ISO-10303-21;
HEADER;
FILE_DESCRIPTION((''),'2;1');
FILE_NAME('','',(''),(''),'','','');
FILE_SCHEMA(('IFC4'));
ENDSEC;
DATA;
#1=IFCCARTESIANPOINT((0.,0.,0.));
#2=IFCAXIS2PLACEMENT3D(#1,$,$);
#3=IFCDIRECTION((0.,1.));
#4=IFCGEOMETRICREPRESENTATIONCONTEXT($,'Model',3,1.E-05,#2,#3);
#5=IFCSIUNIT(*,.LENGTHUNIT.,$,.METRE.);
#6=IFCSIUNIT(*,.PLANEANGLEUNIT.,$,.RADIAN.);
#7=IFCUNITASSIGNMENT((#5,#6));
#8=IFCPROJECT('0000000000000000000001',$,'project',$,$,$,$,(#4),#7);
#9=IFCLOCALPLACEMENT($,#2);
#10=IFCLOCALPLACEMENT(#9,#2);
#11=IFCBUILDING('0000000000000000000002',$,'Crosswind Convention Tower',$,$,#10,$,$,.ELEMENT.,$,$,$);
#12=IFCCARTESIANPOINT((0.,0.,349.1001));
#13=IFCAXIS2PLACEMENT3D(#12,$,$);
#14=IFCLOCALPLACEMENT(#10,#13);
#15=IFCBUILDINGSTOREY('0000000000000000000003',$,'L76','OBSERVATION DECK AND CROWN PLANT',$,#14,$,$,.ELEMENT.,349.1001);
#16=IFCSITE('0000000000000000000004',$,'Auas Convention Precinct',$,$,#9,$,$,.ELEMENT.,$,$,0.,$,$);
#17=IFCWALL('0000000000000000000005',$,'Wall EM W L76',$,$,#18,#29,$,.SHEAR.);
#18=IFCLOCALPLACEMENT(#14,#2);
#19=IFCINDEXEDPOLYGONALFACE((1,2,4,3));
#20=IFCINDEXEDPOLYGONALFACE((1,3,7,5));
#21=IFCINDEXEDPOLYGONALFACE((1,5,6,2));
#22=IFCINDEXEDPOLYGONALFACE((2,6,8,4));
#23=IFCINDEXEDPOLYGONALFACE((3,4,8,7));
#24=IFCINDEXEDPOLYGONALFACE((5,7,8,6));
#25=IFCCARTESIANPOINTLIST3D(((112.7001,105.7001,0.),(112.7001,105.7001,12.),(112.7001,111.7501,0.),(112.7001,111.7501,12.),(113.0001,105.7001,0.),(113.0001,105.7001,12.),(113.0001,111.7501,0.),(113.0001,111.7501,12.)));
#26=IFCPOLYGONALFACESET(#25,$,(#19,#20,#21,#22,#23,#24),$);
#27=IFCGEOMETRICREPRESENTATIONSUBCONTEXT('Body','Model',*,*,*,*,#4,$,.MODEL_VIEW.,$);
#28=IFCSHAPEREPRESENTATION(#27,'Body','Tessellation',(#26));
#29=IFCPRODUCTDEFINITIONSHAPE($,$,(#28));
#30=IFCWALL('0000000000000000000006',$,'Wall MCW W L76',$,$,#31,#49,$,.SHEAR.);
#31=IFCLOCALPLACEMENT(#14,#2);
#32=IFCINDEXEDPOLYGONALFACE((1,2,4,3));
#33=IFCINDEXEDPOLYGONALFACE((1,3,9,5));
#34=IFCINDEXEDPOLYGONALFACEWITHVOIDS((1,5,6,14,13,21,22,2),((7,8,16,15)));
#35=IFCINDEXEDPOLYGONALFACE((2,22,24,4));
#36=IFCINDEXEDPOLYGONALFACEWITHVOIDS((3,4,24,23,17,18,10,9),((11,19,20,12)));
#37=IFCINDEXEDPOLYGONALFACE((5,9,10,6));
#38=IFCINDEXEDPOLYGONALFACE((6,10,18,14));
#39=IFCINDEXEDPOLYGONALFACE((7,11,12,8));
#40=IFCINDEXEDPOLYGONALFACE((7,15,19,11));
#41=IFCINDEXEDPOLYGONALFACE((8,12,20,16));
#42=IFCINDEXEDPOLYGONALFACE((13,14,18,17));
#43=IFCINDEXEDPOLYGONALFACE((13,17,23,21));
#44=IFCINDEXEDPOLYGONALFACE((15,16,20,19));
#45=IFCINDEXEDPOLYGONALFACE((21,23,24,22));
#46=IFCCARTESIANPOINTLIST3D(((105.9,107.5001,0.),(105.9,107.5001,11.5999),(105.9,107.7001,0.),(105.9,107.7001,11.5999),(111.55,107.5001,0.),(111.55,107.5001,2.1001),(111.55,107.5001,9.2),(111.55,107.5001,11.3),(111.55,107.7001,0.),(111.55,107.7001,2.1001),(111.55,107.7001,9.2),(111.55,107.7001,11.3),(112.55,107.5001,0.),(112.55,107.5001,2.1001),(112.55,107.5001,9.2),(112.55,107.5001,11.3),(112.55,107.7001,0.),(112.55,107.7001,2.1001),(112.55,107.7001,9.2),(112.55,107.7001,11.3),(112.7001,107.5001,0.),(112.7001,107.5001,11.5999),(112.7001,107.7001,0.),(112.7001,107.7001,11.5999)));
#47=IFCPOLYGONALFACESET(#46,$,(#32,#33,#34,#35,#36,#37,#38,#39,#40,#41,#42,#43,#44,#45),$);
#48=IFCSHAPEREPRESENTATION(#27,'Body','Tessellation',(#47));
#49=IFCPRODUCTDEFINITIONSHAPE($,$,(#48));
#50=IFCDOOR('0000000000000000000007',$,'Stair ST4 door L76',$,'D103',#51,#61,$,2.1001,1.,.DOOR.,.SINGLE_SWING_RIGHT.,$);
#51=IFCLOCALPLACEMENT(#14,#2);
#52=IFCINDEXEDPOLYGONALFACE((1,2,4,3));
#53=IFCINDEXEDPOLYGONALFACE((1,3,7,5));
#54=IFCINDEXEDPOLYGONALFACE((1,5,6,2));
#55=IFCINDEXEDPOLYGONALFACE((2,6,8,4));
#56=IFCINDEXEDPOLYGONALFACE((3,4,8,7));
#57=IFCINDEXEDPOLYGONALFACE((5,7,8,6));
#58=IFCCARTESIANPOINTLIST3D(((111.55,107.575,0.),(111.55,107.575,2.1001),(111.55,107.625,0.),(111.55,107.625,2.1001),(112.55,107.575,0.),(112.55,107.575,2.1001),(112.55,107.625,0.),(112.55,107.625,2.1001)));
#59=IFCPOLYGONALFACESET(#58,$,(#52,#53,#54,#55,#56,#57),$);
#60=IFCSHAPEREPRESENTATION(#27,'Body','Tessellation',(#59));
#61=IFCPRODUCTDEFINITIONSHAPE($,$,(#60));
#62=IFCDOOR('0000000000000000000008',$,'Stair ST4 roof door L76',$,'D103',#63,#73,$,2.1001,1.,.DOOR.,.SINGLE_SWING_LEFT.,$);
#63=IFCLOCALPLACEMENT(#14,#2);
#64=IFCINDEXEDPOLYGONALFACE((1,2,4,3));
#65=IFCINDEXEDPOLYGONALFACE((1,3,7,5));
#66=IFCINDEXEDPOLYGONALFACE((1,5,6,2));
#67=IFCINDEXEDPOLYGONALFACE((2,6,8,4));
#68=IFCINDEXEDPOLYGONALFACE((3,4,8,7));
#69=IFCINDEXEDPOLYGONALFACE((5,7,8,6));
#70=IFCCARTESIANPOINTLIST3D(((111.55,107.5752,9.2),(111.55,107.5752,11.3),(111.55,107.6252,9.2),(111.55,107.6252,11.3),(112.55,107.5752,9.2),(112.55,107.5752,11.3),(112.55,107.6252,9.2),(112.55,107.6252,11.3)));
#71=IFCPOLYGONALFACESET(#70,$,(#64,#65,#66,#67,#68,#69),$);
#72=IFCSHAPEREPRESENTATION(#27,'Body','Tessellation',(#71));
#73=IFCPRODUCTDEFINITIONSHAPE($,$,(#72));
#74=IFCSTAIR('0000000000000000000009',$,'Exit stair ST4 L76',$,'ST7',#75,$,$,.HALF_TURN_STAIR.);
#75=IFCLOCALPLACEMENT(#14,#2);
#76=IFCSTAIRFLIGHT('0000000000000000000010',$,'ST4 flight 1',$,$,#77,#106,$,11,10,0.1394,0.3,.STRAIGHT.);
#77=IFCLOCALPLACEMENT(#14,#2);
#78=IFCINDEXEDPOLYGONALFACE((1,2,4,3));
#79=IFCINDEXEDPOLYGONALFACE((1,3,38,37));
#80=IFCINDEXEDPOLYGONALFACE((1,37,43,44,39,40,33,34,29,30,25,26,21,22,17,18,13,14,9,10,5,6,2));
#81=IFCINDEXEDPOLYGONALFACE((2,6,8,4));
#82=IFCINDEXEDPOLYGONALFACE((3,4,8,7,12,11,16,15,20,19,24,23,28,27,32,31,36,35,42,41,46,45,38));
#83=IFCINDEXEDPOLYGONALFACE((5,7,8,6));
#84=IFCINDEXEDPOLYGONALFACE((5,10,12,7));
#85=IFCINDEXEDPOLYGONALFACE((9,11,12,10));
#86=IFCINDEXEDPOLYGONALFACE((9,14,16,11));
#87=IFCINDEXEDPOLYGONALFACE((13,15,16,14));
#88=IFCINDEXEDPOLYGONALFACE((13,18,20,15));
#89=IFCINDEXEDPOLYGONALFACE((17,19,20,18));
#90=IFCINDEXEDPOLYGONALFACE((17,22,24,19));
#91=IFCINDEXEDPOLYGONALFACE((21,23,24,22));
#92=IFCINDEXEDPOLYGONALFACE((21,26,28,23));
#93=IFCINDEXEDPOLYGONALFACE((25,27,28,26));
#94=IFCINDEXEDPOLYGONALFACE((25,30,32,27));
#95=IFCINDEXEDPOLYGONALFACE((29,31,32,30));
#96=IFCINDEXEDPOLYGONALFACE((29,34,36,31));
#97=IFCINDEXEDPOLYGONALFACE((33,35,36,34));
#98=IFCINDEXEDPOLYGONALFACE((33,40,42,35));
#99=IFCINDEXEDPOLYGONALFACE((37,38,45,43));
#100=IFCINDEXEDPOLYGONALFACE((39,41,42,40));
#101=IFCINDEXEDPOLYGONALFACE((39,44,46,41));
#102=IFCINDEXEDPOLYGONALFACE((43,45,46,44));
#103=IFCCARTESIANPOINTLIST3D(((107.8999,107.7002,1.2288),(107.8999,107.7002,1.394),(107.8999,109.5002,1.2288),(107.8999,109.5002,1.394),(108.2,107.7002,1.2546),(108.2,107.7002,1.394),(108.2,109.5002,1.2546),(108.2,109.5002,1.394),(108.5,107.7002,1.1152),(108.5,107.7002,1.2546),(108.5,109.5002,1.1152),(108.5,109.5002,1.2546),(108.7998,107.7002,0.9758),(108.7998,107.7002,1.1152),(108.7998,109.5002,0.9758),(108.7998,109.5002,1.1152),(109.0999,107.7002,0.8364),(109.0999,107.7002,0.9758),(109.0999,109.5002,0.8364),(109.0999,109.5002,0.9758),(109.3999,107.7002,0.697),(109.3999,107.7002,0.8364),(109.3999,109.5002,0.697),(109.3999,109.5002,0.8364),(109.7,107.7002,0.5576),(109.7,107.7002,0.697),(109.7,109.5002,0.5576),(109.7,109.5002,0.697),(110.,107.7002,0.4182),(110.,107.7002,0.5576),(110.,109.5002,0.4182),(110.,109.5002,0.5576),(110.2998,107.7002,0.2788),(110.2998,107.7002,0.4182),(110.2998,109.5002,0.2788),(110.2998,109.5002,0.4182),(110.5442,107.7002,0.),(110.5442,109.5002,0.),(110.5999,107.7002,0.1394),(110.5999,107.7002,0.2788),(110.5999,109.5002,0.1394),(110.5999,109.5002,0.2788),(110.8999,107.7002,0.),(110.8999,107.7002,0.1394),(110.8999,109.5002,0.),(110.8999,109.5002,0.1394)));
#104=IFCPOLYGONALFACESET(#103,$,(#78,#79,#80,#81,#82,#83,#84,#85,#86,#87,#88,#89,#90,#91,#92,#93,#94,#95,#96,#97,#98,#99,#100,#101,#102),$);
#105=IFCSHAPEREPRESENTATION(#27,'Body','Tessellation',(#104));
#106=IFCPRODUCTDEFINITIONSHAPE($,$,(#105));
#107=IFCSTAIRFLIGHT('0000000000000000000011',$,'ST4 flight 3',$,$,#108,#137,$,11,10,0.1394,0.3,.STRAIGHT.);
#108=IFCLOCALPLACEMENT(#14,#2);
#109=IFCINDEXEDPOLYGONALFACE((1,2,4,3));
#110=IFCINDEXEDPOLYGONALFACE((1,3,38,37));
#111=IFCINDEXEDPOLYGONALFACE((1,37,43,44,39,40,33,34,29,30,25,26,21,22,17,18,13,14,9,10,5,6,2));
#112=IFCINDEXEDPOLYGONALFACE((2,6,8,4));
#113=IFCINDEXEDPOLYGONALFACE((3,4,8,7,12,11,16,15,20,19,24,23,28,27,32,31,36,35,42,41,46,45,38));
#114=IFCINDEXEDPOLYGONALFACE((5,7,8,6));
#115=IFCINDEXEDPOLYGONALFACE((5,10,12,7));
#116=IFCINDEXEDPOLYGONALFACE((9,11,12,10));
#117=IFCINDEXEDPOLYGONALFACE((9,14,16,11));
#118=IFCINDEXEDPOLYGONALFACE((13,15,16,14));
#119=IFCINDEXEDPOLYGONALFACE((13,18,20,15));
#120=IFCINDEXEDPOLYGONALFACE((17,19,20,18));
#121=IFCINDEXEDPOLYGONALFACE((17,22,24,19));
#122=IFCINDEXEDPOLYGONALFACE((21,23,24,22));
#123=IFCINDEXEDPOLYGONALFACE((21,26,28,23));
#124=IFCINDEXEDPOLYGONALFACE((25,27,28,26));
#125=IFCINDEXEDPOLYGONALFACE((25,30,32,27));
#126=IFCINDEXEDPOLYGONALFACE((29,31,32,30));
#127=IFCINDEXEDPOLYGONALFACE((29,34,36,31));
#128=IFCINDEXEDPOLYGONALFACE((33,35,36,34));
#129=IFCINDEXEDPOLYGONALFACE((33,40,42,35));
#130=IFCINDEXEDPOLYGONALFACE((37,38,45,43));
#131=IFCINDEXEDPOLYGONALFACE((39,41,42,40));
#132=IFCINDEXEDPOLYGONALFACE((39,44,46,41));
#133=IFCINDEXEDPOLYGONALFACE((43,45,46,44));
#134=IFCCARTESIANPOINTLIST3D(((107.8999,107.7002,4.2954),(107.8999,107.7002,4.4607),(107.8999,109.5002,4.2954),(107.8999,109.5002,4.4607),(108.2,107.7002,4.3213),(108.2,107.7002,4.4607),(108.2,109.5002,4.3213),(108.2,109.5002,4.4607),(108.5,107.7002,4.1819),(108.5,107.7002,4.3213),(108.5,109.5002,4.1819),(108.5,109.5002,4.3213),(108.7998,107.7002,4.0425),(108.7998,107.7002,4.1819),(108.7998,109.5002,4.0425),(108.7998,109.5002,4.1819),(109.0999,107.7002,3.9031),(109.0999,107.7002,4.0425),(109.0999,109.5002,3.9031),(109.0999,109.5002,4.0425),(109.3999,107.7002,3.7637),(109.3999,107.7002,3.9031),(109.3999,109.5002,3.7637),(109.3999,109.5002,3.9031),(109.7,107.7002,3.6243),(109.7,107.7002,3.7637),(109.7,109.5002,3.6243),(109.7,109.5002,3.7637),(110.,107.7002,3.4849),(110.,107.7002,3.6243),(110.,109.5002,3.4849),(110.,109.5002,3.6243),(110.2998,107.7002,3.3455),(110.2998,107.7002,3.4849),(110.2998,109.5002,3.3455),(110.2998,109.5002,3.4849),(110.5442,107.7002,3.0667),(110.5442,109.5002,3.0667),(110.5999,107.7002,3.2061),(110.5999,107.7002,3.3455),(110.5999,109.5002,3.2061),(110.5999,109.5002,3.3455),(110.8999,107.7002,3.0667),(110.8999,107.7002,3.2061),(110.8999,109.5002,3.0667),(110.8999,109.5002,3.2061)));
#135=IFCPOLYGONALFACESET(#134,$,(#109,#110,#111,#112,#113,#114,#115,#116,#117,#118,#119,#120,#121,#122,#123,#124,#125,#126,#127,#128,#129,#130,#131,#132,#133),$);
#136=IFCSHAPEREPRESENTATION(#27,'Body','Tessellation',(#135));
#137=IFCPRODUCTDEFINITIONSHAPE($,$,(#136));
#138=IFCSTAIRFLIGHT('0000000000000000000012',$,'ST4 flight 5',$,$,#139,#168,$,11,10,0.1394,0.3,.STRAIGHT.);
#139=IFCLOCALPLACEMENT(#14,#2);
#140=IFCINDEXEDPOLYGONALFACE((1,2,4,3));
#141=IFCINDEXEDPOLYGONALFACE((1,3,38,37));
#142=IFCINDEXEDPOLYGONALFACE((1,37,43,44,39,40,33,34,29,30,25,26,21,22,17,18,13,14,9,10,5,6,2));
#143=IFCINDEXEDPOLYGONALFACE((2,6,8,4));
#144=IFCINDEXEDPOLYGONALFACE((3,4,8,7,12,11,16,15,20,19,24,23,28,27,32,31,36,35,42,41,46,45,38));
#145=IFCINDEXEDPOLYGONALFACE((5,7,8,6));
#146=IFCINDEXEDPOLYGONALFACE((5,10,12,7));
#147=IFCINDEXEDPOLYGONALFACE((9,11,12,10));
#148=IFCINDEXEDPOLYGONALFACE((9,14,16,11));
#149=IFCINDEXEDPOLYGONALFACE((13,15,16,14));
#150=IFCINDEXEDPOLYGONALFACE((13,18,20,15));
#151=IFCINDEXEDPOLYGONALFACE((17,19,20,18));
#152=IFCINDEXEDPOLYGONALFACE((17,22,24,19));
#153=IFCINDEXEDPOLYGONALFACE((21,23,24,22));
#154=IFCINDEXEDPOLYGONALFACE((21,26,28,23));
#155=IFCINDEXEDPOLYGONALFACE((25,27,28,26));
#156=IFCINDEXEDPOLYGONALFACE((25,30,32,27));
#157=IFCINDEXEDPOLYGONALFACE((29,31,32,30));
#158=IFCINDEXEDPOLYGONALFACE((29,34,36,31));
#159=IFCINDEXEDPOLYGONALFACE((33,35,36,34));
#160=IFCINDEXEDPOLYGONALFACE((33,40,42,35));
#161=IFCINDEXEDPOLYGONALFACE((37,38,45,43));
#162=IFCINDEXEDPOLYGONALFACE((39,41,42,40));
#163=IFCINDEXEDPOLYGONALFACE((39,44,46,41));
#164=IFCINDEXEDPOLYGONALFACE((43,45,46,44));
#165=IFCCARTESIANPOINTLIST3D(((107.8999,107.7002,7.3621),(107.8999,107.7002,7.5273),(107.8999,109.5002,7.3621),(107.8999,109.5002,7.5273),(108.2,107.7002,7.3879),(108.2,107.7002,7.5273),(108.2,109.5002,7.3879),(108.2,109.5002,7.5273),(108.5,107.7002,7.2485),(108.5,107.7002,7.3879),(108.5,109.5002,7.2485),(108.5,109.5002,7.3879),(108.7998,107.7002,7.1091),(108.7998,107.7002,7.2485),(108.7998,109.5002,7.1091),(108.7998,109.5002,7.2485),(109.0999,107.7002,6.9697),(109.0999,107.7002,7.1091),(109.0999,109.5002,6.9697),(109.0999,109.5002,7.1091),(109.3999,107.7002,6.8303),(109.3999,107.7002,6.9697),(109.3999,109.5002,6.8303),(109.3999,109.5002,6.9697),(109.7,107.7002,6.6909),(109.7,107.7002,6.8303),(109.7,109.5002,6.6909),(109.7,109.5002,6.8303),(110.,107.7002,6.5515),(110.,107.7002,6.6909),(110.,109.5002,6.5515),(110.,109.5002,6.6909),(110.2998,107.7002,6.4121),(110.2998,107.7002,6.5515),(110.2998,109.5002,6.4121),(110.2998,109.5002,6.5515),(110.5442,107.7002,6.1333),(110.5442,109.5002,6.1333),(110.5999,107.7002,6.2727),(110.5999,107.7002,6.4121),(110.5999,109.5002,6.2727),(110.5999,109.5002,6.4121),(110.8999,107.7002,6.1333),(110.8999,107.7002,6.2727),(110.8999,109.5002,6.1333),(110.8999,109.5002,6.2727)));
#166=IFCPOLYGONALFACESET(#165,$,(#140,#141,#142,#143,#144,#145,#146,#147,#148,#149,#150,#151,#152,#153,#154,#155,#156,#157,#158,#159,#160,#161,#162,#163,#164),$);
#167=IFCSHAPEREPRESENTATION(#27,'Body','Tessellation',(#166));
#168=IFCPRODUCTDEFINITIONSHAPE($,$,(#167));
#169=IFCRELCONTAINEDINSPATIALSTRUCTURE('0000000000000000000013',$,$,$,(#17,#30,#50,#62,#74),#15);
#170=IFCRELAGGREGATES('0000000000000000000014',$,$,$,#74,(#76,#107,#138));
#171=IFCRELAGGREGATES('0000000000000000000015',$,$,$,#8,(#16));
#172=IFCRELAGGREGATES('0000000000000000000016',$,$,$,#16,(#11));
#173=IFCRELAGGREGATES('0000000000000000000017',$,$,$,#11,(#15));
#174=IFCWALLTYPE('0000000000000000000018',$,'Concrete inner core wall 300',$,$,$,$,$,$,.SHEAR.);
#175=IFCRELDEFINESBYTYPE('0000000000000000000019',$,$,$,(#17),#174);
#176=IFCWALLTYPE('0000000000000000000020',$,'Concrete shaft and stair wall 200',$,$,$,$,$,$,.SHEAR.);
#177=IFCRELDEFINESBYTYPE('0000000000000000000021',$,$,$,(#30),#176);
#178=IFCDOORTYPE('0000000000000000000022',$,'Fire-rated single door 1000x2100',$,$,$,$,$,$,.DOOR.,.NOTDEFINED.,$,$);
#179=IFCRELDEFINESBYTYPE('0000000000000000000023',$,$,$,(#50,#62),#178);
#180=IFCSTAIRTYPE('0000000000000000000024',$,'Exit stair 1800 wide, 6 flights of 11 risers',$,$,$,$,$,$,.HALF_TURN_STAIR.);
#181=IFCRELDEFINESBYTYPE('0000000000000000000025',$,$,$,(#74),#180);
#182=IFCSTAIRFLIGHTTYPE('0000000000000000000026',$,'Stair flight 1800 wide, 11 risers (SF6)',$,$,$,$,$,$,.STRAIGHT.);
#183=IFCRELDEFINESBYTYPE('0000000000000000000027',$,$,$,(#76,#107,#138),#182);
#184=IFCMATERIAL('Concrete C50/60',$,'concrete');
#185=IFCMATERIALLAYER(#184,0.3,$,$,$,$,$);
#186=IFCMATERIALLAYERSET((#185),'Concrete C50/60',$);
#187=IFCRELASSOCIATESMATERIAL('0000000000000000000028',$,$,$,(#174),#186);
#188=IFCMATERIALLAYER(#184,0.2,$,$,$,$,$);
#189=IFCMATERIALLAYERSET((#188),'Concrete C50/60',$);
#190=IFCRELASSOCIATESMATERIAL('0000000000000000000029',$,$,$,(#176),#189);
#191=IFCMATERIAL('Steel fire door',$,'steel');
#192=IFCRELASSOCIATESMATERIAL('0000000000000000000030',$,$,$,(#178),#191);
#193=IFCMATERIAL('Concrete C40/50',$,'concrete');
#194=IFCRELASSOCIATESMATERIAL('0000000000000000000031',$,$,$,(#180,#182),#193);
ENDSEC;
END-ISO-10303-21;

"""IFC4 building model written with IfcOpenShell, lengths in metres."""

from ifc_helpers import new_model, si_unit, direction, frame, frame_2d, origin, place, context, subcontext, project, spatial, polyline, rectangle, outline, extrude, material, layer, layer_set, type_object, element, fill, aggregate, save


model = new_model("IFC4")

# Units and contexts
model_context = context("Model", 3, precision=1e-05, world=origin(), true_north=direction((0.0, 1.0)))
body_context = subcontext(model_context, "Body", "Model", "MODEL_VIEW")
ifc_project = project(units=[si_unit("LENGTHUNIT", "METRE"), si_unit("PLANEANGLEUNIT", "RADIAN")], contexts=[model_context])

# Site, building, storey
site_placement = place(None, origin())
site = spatial("IfcSite", under=ifc_project, at=site_placement, Name="Auas Convention Precinct", CompositionType="ELEMENT", RefElevation=0.0)
building_placement = place(site_placement, origin())
building = spatial("IfcBuilding", under=site, at=building_placement, Name="Crosswind Convention Tower", CompositionType="ELEMENT")
storey_placement = place(building_placement, frame((0.0, 0.0, 349.1001)))
storey = spatial("IfcBuildingStorey", under=building, at=storey_placement, Name="L76", Description="OBSERVATION DECK AND CROWN PLANT", CompositionType="ELEMENT", Elevation=349.1001)

# Wall
ifc_material_1 = material(Name="Concrete C50/60", Category="concrete")
ifc_layer_1 = layer(ifc_material_1, 0.3)
ifc_layer_set_1 = layer_set([ifc_layer_1], Name="Concrete C50/60")
wall_type_1 = type_object("IfcWallType", Name="Concrete inner core wall 300", PredefinedType="SHEAR", material=ifc_layer_set_1)
wall_1_placement = place(storey_placement, frame((112.8501, 111.75, 0.0), z_axis=(0.0, 0.0, 1.0), x_axis=(0.0, -1.0, 0.0)))
element("IfcWall", 1, at=wall_1_placement, inside=storey, type_object=wall_type_1, Name="Wall EM W L76", PredefinedType="SHEAR", context=body_context, shape_type="SweptSolid", body=[
    extrude(rectangle(XDim=6.05, YDim=0.3, at=frame_2d((3.0249, 0.0))), origin(), (0.0, 0.0, 1.0), 12.0),
])

# Wall, openings, doors
ifc_layer_2 = layer(ifc_material_1, 0.2)
ifc_layer_set_2 = layer_set([ifc_layer_2], Name="Concrete C50/60")
wall_type_2 = type_object("IfcWallType", Name="Concrete shaft and stair wall 200", PredefinedType="SHEAR", material=ifc_layer_set_2)
wall_2_placement = place(storey_placement, frame((112.7, 107.6001, 0.0), z_axis=(0.0, 0.0, 1.0), x_axis=(-1.0, 0.0, 0.0)))
wall_2 = element("IfcWall", 2, at=wall_2_placement, inside=storey, type_object=wall_type_2, Name="Wall MCW W L76", PredefinedType="SHEAR", context=body_context, shape_type="SweptSolid", body=[
    extrude(rectangle(XDim=6.8, YDim=0.2, at=frame_2d((3.3999, 0.0))), origin(), (0.0, 0.0, 1.0), 11.5999),
])
opening_1_placement = place(wall_2_placement, frame((0.1499, 0.0, 0.0)))
opening_1 = element("IfcOpeningElement", 3, at=opening_1_placement, cuts=wall_2, PredefinedType="OPENING", context=body_context, shape_type="SweptSolid", body=[
    extrude(rectangle(XDim=1.0, YDim=2.1001, at=frame_2d((0.5, 1.05))), frame((0.0, 0.1099, 0.0), z_axis=(0.0, -1.0, 0.0), x_axis=(1.0, 0.0, 0.0)), (0.0, 0.0, 1.0), 0.22),
])
opening_2_placement = place(wall_2_placement, frame((0.1499, 0.0, 9.2)))
opening_2 = element("IfcOpeningElement", 4, at=opening_2_placement, cuts=wall_2, PredefinedType="OPENING", context=body_context, shape_type="SweptSolid", body=[
    extrude(rectangle(XDim=1.0, YDim=2.1001, at=frame_2d((0.5, 1.05))), frame((0.0, 0.1099, 0.0), z_axis=(0.0, -1.0, 0.0), x_axis=(1.0, 0.0, 0.0)), (0.0, 0.0, 1.0), 0.22),
])
ifc_material_2 = material(Name="Steel fire door", Category="steel")
door_type = type_object("IfcDoorType", Name="Fire-rated single door 1000x2100", OperationType="NOTDEFINED", PredefinedType="DOOR", material=ifc_material_2)
door_1_placement = place(opening_1_placement, frame((1.0, 0.0, 0.0), z_axis=(0.0, 0.0, 1.0), x_axis=(-1.0, 0.0, 0.0)))
door_1 = element("IfcDoor", 5, at=door_1_placement, inside=storey, type_object=door_type, Name="Stair ST4 door L76", ObjectType="D103", OperationType="SINGLE_SWING_RIGHT", OverallHeight=2.1001, OverallWidth=1.0, PredefinedType="DOOR", context=body_context, shape_type="SweptSolid", body=[
    extrude(rectangle(XDim=1.0, YDim=2.1001, at=frame_2d((0.5, 1.05))), frame((0.0, 0.0249, 0.0), z_axis=(0.0, -1.0, 0.0), x_axis=(1.0, 0.0, 0.0)), (0.0, 0.0, 1.0), 0.05),
])
fill(opening_1, door_1)
door_2_placement = place(opening_2_placement, origin())
door_2 = element("IfcDoor", 6, at=door_2_placement, inside=storey, type_object=door_type, Name="Stair ST4 roof door L76", ObjectType="D103", OperationType="SINGLE_SWING_LEFT", OverallHeight=2.1001, OverallWidth=1.0, PredefinedType="DOOR", context=body_context, shape_type="SweptSolid", body=[
    extrude(rectangle(XDim=1.0, YDim=2.1001, at=frame_2d((0.5, 1.05))), frame((0.0, 0.0249, 0.0), z_axis=(0.0, -1.0, 0.0), x_axis=(1.0, 0.0, 0.0)), (0.0, 0.0, 1.0), 0.05),
])
fill(opening_2, door_2)

# Stair, stair flights
ifc_material_3 = material(Name="Concrete C40/50", Category="concrete")
stair_type = type_object("IfcStairType", Name="Exit stair 1800 wide, 6 flights of 11 risers", PredefinedType="HALF_TURN_STAIR", material=ifc_material_3)
stair_placement = place(storey_placement, origin())
stair = element("IfcStair", 7, at=stair_placement, inside=storey, type_object=stair_type, Name="Exit stair ST4 L76", ObjectType="ST7", PredefinedType="HALF_TURN_STAIR")
stair_flight_type = type_object("IfcStairFlightType", Name="Stair flight 1800 wide, 11 risers (SF6)", PredefinedType="STRAIGHT", material=ifc_material_3)
stair_flight_1_placement = place(storey_placement, frame((110.8999, 108.6001, 0.0), z_axis=(0.0, 0.0, 1.0), x_axis=(-1.0, 0.0, 0.0)))
stair_flight_1 = element("IfcStairFlight", 8, at=stair_flight_1_placement, type_object=stair_flight_type, Name="ST4 flight 1", NumberOfRisers=11, NumberOfTreads=10, PredefinedType="STRAIGHT", RiserHeight=0.1394, TreadLength=0.3, context=body_context, shape_type="SweptSolid", body=[
    extrude(outline(polyline([(0.0, 0.0), (0.0, 0.1394), (0.3, 0.1394), (0.3, 0.2788), (0.6001, 0.2788), (0.6001, 0.4182), (0.8999, 0.4182), (0.8999, 0.5576), (1.2, 0.5576), (1.2, 0.697), (1.5, 0.697), (1.5, 0.8364), (1.8, 0.8364), (1.8, 0.9758), (2.1001, 0.9758), (2.1001, 1.1152), (2.3999, 1.1152), (2.3999, 1.2546), (2.7, 1.2546), (2.7, 1.394), (3.0, 1.394), (3.0, 1.5334), (3.0, 1.2288), (0.3557, 0.0), (0.0, 0.0)])), frame((0.0, 0.8999, 0.0), z_axis=(0.0, -1.0, 0.0), x_axis=(1.0, 0.0, 0.0)), (0.0, 0.0, 1.0), 1.8),
])
stair_flight_2_placement = place(storey_placement, frame((110.8999, 108.6001, 3.0667), z_axis=(0.0, 0.0, 1.0), x_axis=(-1.0, 0.0, 0.0)))
stair_flight_2 = element("IfcStairFlight", 9, at=stair_flight_2_placement, type_object=stair_flight_type, Name="ST4 flight 3", NumberOfRisers=11, NumberOfTreads=10, PredefinedType="STRAIGHT", RiserHeight=0.1394, TreadLength=0.3, context=body_context, shape_type="SweptSolid", body=[
    extrude(outline(polyline([(0.0, 0.0), (0.0, 0.1394), (0.3, 0.1394), (0.3, 0.2788), (0.6001, 0.2788), (0.6001, 0.4182), (0.8999, 0.4182), (0.8999, 0.5576), (1.2, 0.5576), (1.2, 0.697), (1.5, 0.697), (1.5, 0.8364), (1.8, 0.8364), (1.8, 0.9758), (2.1001, 0.9758), (2.1001, 1.1152), (2.3999, 1.1152), (2.3999, 1.2546), (2.7, 1.2546), (2.7, 1.394), (3.0, 1.394), (3.0, 1.5334), (3.0, 1.2288), (0.3557, 0.0), (0.0, 0.0)])), frame((0.0, 0.8999, 0.0), z_axis=(0.0, -1.0, 0.0), x_axis=(1.0, 0.0, 0.0)), (0.0, 0.0, 1.0), 1.8),
])
stair_flight_3_placement = place(storey_placement, frame((110.8999, 108.6001, 6.1333), z_axis=(0.0, 0.0, 1.0), x_axis=(-1.0, 0.0, 0.0)))
stair_flight_3 = element("IfcStairFlight", 10, at=stair_flight_3_placement, type_object=stair_flight_type, Name="ST4 flight 5", NumberOfRisers=11, NumberOfTreads=10, PredefinedType="STRAIGHT", RiserHeight=0.1394, TreadLength=0.3, context=body_context, shape_type="SweptSolid", body=[
    extrude(outline(polyline([(0.0, 0.0), (0.0, 0.1394), (0.3, 0.1394), (0.3, 0.2788), (0.6001, 0.2788), (0.6001, 0.4182), (0.8999, 0.4182), (0.8999, 0.5576), (1.2, 0.5576), (1.2, 0.697), (1.5, 0.697), (1.5, 0.8364), (1.8, 0.8364), (1.8, 0.9758), (2.1001, 0.9758), (2.1001, 1.1152), (2.3999, 1.1152), (2.3999, 1.2546), (2.7, 1.2546), (2.7, 1.394), (3.0, 1.394), (3.0, 1.5334), (3.0, 1.2288), (0.3557, 0.0), (0.0, 0.0)])), frame((0.0, 0.8999, 0.0), z_axis=(0.0, -1.0, 0.0), x_axis=(1.0, 0.0, 0.0)), (0.0, 0.0, 1.0), 1.8),
])
aggregate(stair, [stair_flight_1, stair_flight_2, stair_flight_3])

save(model, "model.ifc")
